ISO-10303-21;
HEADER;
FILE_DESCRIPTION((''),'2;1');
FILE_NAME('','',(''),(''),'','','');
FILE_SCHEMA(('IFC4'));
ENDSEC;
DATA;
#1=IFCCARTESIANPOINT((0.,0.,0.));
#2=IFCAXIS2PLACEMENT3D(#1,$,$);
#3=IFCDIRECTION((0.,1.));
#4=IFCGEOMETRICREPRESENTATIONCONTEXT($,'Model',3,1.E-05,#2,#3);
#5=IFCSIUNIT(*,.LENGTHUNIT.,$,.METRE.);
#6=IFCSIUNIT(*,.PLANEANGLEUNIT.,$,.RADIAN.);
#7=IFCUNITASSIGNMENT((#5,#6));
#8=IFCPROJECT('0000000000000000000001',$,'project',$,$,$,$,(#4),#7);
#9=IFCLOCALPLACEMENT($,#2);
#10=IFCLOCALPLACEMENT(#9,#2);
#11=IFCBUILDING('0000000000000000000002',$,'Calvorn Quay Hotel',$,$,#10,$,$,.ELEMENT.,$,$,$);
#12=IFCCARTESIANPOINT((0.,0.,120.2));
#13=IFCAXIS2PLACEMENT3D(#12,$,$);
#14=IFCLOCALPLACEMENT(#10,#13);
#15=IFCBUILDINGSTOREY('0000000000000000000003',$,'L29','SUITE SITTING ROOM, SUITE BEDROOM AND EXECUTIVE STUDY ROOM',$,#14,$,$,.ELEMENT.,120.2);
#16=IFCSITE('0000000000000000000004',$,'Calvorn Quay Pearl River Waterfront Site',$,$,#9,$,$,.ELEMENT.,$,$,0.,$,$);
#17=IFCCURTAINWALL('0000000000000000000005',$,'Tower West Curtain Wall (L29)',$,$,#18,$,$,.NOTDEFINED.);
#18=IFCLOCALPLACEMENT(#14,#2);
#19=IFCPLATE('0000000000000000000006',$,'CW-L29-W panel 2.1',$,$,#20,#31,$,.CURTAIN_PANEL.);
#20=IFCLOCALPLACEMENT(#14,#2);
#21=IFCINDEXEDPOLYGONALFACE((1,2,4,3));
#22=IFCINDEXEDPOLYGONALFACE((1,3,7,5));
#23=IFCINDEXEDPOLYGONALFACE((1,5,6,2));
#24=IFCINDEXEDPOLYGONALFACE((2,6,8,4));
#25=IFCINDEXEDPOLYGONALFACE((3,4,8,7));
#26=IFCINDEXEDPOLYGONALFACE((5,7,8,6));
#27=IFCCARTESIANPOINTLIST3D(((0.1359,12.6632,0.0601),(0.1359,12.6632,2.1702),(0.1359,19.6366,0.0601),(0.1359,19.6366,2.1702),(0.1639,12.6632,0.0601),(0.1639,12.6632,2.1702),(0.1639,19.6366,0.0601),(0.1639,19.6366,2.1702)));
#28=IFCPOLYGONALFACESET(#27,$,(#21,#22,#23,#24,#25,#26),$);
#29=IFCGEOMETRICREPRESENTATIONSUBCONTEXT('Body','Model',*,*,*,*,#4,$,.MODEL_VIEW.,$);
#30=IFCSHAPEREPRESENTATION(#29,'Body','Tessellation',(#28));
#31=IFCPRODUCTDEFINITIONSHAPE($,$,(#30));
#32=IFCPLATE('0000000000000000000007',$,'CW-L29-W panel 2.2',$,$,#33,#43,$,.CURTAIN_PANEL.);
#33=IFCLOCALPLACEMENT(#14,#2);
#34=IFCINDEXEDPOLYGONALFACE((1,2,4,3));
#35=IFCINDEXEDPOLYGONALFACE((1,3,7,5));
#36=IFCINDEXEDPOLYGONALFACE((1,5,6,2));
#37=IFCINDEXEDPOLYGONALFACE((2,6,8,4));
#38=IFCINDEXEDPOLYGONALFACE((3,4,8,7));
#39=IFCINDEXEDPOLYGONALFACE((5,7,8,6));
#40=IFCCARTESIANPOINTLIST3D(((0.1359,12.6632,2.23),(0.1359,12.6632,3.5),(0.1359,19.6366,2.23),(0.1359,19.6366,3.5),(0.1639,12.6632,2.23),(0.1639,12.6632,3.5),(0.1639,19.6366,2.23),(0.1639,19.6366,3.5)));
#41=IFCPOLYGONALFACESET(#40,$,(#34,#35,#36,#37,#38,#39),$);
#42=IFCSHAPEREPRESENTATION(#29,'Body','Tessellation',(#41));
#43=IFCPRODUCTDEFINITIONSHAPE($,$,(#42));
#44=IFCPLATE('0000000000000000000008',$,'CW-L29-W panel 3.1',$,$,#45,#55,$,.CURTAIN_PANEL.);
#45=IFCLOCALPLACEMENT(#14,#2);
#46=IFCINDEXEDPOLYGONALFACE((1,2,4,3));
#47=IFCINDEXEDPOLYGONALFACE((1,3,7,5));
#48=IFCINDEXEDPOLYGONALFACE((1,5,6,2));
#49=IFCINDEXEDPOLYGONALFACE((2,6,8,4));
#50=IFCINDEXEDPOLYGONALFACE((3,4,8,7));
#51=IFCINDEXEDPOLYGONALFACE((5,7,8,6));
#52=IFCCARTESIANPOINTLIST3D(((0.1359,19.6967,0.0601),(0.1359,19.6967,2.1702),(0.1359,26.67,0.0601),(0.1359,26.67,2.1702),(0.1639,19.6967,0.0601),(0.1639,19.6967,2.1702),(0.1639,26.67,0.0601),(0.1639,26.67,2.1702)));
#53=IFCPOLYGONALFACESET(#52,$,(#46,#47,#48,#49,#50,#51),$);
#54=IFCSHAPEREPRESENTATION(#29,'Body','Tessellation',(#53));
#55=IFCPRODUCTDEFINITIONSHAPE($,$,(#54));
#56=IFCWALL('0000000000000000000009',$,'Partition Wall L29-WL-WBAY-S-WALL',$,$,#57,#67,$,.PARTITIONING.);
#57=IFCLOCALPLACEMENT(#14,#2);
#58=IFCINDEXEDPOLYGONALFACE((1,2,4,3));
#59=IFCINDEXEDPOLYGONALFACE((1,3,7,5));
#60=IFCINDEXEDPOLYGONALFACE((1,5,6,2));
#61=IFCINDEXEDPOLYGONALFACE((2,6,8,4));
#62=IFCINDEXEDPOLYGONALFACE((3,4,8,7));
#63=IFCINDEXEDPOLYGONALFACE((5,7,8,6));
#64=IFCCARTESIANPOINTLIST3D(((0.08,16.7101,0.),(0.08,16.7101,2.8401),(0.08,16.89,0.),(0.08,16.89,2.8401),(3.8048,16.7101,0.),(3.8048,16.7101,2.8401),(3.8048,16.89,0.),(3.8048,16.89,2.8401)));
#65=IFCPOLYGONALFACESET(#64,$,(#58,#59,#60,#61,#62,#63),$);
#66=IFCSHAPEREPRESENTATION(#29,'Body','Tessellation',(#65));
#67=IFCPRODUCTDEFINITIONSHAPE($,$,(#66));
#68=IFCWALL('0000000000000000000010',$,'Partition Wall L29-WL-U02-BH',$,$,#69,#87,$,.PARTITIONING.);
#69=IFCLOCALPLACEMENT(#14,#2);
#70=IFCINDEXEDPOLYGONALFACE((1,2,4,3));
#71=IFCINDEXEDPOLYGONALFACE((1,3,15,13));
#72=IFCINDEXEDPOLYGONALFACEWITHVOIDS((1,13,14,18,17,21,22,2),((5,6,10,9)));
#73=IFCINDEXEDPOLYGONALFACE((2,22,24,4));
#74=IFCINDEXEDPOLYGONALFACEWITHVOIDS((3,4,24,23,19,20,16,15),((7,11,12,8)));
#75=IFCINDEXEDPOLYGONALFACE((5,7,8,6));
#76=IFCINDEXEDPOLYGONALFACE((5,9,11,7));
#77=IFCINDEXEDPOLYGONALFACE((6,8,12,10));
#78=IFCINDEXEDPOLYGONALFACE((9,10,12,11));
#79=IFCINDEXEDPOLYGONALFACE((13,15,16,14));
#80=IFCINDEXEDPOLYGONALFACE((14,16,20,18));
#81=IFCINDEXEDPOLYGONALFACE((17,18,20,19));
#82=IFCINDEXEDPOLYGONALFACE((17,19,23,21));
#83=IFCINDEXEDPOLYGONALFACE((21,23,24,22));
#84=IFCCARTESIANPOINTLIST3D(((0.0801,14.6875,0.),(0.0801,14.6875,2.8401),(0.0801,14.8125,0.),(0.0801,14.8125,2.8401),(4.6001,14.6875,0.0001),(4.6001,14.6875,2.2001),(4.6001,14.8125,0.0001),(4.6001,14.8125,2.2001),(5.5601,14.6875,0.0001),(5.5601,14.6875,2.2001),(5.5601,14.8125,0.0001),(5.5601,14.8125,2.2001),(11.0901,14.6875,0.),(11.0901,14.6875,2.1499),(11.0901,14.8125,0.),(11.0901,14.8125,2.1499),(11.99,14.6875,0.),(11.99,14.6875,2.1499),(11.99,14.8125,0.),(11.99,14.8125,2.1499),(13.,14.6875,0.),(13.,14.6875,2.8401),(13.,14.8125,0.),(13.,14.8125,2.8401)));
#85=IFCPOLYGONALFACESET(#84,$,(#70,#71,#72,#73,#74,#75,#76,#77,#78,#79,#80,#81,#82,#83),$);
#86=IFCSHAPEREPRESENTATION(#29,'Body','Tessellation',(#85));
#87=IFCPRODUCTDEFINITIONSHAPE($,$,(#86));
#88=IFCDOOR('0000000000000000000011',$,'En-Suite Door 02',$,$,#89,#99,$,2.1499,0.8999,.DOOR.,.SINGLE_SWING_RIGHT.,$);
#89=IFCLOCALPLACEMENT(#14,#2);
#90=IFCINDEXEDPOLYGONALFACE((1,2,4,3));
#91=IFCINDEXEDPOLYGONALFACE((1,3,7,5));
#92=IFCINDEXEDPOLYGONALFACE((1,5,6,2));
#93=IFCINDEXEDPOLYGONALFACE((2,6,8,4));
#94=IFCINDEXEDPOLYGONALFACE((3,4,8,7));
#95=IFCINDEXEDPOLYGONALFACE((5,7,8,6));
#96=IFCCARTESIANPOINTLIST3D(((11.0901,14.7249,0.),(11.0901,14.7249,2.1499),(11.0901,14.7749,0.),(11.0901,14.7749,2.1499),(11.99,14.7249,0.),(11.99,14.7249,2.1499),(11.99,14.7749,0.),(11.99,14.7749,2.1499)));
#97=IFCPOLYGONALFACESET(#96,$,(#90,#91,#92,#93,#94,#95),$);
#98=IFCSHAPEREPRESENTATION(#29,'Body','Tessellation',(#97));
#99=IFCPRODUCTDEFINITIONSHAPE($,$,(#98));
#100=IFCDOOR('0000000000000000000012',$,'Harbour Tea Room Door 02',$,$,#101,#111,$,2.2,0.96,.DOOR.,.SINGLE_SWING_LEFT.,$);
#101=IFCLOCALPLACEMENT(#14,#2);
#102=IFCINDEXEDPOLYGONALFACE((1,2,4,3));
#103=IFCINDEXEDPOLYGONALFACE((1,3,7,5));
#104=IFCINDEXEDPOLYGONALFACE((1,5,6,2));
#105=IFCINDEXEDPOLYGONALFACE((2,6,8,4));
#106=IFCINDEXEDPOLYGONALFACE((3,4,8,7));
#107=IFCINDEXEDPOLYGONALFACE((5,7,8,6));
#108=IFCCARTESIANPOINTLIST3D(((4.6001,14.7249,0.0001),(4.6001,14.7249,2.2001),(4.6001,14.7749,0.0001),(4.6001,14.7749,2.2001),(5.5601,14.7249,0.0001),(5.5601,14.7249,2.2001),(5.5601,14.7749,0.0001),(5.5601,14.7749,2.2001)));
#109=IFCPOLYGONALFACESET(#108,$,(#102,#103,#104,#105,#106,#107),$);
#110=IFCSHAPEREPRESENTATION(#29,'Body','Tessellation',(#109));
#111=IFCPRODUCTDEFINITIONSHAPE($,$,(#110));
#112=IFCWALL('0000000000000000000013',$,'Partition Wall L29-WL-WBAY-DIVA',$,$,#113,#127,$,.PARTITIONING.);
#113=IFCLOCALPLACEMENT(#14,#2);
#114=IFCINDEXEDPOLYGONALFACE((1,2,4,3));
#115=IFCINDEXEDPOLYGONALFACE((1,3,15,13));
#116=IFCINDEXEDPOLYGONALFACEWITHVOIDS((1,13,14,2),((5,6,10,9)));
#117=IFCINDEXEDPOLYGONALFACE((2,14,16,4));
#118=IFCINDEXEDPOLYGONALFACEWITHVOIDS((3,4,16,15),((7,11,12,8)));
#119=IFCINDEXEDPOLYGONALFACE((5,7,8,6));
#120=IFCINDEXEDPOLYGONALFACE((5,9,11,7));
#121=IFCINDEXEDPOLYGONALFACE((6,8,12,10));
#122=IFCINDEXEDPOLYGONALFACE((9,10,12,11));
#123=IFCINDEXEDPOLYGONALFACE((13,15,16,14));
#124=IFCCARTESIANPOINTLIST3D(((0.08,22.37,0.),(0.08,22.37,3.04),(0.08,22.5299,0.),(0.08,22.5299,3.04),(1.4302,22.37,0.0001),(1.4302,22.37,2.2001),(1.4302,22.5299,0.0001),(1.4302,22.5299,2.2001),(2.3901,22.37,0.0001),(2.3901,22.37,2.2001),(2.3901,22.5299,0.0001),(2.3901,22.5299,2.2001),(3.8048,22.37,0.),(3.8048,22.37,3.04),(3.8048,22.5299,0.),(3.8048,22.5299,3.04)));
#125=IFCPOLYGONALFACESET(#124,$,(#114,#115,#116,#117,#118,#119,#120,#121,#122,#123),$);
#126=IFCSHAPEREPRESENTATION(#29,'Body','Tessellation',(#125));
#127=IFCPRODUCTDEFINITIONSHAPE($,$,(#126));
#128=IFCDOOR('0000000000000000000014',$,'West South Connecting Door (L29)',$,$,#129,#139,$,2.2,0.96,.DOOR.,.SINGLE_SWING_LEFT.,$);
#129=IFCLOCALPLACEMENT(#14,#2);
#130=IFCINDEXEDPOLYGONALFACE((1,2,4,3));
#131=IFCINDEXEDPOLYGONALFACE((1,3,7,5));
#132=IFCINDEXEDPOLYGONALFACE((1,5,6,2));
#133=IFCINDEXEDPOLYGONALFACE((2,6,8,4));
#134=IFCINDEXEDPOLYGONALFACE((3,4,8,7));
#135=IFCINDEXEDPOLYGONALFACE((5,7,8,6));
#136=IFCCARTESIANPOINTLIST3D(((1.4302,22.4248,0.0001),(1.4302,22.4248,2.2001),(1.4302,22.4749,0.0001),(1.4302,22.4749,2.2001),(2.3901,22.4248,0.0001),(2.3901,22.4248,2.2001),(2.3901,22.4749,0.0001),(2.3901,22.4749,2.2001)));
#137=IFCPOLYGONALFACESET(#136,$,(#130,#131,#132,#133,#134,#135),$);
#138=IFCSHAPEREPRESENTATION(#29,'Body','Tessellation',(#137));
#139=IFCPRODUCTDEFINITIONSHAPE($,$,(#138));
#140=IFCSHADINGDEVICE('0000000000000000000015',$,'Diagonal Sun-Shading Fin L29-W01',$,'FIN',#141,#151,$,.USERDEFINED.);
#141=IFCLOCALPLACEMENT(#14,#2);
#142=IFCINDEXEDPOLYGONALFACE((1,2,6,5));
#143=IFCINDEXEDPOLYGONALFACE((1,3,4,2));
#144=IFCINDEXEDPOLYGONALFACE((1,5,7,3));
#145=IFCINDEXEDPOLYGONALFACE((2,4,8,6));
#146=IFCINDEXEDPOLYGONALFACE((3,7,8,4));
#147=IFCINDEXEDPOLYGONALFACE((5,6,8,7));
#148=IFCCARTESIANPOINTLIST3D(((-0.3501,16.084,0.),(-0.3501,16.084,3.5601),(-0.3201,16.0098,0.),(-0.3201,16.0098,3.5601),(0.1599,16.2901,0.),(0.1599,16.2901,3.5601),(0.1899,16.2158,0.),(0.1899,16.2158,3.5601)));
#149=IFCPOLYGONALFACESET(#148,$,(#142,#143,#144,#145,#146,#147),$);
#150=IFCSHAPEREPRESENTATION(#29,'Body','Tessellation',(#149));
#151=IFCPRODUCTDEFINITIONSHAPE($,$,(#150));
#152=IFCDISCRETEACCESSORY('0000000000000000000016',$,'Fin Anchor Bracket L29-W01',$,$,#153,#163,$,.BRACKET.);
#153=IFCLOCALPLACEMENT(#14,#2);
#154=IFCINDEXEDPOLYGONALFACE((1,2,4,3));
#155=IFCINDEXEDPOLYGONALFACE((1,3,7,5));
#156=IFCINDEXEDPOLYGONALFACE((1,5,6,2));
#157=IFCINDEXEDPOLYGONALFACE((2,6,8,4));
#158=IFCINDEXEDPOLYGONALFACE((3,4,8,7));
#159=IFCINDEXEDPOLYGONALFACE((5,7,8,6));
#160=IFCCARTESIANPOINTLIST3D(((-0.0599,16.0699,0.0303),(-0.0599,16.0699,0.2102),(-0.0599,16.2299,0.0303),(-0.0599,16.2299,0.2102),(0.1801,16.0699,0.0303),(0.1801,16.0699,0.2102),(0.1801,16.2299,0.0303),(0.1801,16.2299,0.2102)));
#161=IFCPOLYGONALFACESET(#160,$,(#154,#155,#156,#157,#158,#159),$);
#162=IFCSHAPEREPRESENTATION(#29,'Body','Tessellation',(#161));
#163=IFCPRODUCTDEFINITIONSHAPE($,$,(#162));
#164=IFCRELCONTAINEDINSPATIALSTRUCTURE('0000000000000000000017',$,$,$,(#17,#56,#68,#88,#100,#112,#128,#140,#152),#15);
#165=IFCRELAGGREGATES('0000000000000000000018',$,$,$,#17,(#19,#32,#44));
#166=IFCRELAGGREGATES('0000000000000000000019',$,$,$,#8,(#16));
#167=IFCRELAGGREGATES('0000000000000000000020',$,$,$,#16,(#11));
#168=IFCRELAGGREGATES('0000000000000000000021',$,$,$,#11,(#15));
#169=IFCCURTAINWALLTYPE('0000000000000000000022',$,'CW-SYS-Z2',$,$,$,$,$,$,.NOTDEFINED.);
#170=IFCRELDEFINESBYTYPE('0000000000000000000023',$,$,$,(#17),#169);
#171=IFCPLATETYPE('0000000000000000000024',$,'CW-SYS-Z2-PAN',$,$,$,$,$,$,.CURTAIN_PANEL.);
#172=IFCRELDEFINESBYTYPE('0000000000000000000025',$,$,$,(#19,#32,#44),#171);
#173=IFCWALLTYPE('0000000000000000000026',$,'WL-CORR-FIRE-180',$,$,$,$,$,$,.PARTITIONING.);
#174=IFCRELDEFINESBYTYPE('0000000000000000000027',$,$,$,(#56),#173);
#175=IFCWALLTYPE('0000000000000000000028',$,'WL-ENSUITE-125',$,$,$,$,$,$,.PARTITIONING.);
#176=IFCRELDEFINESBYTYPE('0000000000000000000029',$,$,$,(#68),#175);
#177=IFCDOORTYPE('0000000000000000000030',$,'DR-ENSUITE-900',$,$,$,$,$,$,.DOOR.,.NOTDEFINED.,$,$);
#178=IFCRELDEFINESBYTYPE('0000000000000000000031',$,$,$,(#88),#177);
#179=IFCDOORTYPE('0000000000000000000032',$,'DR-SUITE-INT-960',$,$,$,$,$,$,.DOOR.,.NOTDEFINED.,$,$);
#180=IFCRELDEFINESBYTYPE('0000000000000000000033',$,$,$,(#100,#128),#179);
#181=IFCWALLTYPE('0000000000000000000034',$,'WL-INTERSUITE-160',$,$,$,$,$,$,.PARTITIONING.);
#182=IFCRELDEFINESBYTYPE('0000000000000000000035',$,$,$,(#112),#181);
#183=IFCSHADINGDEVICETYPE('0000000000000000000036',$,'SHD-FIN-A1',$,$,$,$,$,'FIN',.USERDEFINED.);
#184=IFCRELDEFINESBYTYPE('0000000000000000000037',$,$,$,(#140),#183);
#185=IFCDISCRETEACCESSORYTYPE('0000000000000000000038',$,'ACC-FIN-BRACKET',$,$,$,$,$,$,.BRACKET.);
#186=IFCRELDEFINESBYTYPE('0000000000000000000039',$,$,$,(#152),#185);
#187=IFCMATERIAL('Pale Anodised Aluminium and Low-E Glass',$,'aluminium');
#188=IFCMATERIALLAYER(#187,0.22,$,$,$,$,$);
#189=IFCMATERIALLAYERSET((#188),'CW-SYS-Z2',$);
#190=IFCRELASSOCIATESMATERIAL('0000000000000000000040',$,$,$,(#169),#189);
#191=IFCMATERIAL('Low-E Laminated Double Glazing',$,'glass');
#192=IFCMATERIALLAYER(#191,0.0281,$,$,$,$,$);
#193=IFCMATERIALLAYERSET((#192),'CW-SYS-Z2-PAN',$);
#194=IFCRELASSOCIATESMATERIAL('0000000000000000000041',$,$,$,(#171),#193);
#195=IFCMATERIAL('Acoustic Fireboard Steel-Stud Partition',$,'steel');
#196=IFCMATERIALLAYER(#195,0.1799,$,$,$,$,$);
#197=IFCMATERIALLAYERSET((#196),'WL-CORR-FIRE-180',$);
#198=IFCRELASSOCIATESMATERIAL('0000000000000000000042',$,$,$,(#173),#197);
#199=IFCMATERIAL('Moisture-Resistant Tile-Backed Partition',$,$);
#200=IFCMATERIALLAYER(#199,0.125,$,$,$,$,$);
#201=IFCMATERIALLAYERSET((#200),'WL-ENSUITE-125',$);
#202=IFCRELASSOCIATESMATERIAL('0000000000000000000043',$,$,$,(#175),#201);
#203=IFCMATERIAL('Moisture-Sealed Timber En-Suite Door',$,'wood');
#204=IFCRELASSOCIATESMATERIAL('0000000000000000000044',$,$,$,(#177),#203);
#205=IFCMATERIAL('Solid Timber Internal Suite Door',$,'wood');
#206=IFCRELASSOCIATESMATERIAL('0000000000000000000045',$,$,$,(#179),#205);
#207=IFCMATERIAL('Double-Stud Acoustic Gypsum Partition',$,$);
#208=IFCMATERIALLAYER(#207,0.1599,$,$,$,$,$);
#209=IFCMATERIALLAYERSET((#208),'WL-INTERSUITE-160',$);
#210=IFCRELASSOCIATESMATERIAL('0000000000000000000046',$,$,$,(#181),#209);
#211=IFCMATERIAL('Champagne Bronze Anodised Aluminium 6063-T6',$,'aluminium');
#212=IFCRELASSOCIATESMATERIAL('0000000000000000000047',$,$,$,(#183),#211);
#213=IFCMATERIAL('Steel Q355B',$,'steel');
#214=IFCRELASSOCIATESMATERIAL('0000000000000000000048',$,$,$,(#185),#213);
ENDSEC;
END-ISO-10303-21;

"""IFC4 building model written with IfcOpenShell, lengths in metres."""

from ifc_helpers import new_model, si_unit, direction, frame, frame_2d, origin, origin_2d, place, context, subcontext, project, spatial, rectangle, extrude, material, layer, layer_set, type_object, element, fill, aggregate, save


model = new_model("IFC4")

# Units and contexts
model_context = context("Model", 3, precision=1e-05, world=origin(), true_north=direction((0.0, 1.0)))
body_context = subcontext(model_context, "Body", "Model", "MODEL_VIEW")
ifc_project = project(units=[si_unit("LENGTHUNIT", "METRE"), si_unit("PLANEANGLEUNIT", "RADIAN")], contexts=[model_context])

# Site, building, storey
site_placement = place(None, origin())
site = spatial("IfcSite", under=ifc_project, at=site_placement, Name="Calvorn Quay Pearl River Waterfront Site", CompositionType="ELEMENT", RefElevation=0.0)
building_placement = place(site_placement, origin())
building = spatial("IfcBuilding", under=site, at=building_placement, Name="Calvorn Quay Hotel", CompositionType="ELEMENT")
storey_placement = place(building_placement, frame((0.0, 0.0, 120.2)))
storey = spatial("IfcBuildingStorey", under=building, at=storey_placement, Name="L29", Description="SUITE SITTING ROOM, SUITE BEDROOM AND EXECUTIVE STUDY ROOM", CompositionType="ELEMENT", Elevation=120.2)

# Curtain wall, plates
ifc_material_1 = material(Name="Pale Anodised Aluminium and Low-E Glass", Category="aluminium")
ifc_layer_1 = layer(ifc_material_1, 0.22)
ifc_layer_set_1 = layer_set([ifc_layer_1], Name="CW-SYS-Z2")
curtain_wall_type = type_object("IfcCurtainWallType", Name="CW-SYS-Z2", PredefinedType="NOTDEFINED", material=ifc_layer_set_1)
curtain_wall_placement = place(storey_placement, origin())
curtain_wall = element("IfcCurtainWall", 1, at=curtain_wall_placement, inside=storey, type_object=curtain_wall_type, Name="Tower West Curtain Wall (L29)", PredefinedType="NOTDEFINED")
ifc_material_2 = material(Name="Low-E Laminated Double Glazing", Category="glass")
ifc_layer_2 = layer(ifc_material_2, 0.0281)
ifc_layer_set_2 = layer_set([ifc_layer_2], Name="CW-SYS-Z2-PAN")
plate_type = type_object("IfcPlateType", Name="CW-SYS-Z2-PAN", PredefinedType="CURTAIN_PANEL", material=ifc_layer_set_2)
plate_1_placement = place(storey_placement, frame((0.1499, 16.1499, 0.0601), z_axis=(0.0, 0.0, 1.0), x_axis=(0.0, 1.0, 0.0)))
plate_1 = element("IfcPlate", 2, at=plate_1_placement, type_object=plate_type, Name="CW-L29-W panel 2.1", PredefinedType="CURTAIN_PANEL", context=body_context, shape_type="SweptSolid", body=[
    extrude(rectangle(XDim=6.9734, YDim=0.0281, at=origin_2d()), origin(), (0.0, 0.0, 1.0), 2.1101),
])
plate_2_placement = place(storey_placement, frame((0.1499, 16.1499, 2.23), z_axis=(0.0, 0.0, 1.0), x_axis=(0.0, 1.0, 0.0)))
plate_2 = element("IfcPlate", 3, at=plate_2_placement, type_object=plate_type, Name="CW-L29-W panel 2.2", PredefinedType="CURTAIN_PANEL", context=body_context, shape_type="SweptSolid", body=[
    extrude(rectangle(XDim=6.9734, YDim=0.0281, at=origin_2d()), origin(), (0.0, 0.0, 1.0), 1.27),
])
plate_3_placement = place(storey_placement, frame((0.1499, 23.1833, 0.0601), z_axis=(0.0, 0.0, 1.0), x_axis=(0.0, 1.0, 0.0)))
plate_3 = element("IfcPlate", 4, at=plate_3_placement, type_object=plate_type, Name="CW-L29-W panel 3.1", PredefinedType="CURTAIN_PANEL", context=body_context, shape_type="SweptSolid", body=[
    extrude(rectangle(XDim=6.9734, YDim=0.0281, at=origin_2d()), origin(), (0.0, 0.0, 1.0), 2.1101),
])
aggregate(curtain_wall, [plate_1, plate_2, plate_3])

# Wall
ifc_material_3 = material(Name="Acoustic Fireboard Steel-Stud Partition", Category="steel")
ifc_layer_3 = layer(ifc_material_3, 0.1799)
ifc_layer_set_3 = layer_set([ifc_layer_3], Name="WL-CORR-FIRE-180")
wall_type_1 = type_object("IfcWallType", Name="WL-CORR-FIRE-180", PredefinedType="PARTITIONING", material=ifc_layer_set_3)
wall_1_placement = place(storey_placement, frame((0.0801, 16.8, 0.0), z_axis=(0.0, 0.0, 1.0), x_axis=(1.0, 0.0, 0.0)))
element("IfcWall", 5, at=wall_1_placement, inside=storey, type_object=wall_type_1, Name="Partition Wall L29-WL-WBAY-S-WALL", PredefinedType="PARTITIONING", context=body_context, shape_type="SweptSolid", body=[
    extrude(rectangle(XDim=3.7249, YDim=0.1799, at=frame_2d((1.8623, 0.0))), origin(), (0.0, 0.0, 1.0), 2.8401),
])

# Wall, openings, doors
ifc_material_4 = material(Name="Moisture-Resistant Tile-Backed Partition")
ifc_layer_4 = layer(ifc_material_4, 0.125)
ifc_layer_set_4 = layer_set([ifc_layer_4], Name="WL-ENSUITE-125")
wall_type_2 = type_object("IfcWallType", Name="WL-ENSUITE-125", PredefinedType="PARTITIONING", material=ifc_layer_set_4)
wall_2_placement = place(storey_placement, frame((0.0801, 14.75, 0.0), z_axis=(0.0, 0.0, 1.0), x_axis=(1.0, 0.0, 0.0)))
wall_2 = element("IfcWall", 6, at=wall_2_placement, inside=storey, type_object=wall_type_2, Name="Partition Wall L29-WL-U02-BH", PredefinedType="PARTITIONING", context=body_context, shape_type="SweptSolid", body=[
    extrude(rectangle(XDim=12.9199, YDim=0.125, at=frame_2d((6.46, 0.0))), origin(), (0.0, 0.0, 1.0), 2.8401),
])
opening_1_placement = place(wall_2_placement, frame((4.52, 0.0, 0.0)))
opening_1 = element("IfcOpeningElement", 7, at=opening_1_placement, cuts=wall_2, PredefinedType="OPENING", context=body_context, shape_type="SweptSolid", body=[
    extrude(rectangle(XDim=0.96, YDim=2.2, at=frame_2d((0.48, 1.1001))), frame((0.0, 0.0725, 0.0), z_axis=(0.0, -1.0, 0.0), x_axis=(1.0, 0.0, 0.0)), (0.0, 0.0, 1.0), 0.145),
])
opening_2_placement = place(wall_2_placement, frame((11.01, 0.0, 0.0)))
opening_2 = element("IfcOpeningElement", 8, at=opening_2_placement, cuts=wall_2, PredefinedType="OPENING", context=body_context, shape_type="SweptSolid", body=[
    extrude(rectangle(XDim=0.8999, YDim=2.1499, at=frame_2d((0.45, 1.075))), frame((0.0, 0.0725, 0.0), z_axis=(0.0, -1.0, 0.0), x_axis=(1.0, 0.0, 0.0)), (0.0, 0.0, 1.0), 0.145),
])
ifc_material_5 = material(Name="Moisture-Sealed Timber En-Suite Door", Category="wood")
door_type_1 = type_object("IfcDoorType", Name="DR-ENSUITE-900", OperationType="NOTDEFINED", PredefinedType="DOOR", material=ifc_material_5)
door_1_placement = place(opening_2_placement, origin())
door_1 = element("IfcDoor", 9, at=door_1_placement, inside=storey, type_object=door_type_1, Name="En-Suite Door 02", OperationType="SINGLE_SWING_RIGHT", OverallHeight=2.1499, OverallWidth=0.8999, PredefinedType="DOOR", context=body_context, shape_type="SweptSolid", body=[
    extrude(rectangle(XDim=0.8999, YDim=2.1499, at=frame_2d((0.45, 1.075))), frame((0.0, 0.0249, 0.0), z_axis=(0.0, -1.0, 0.0), x_axis=(1.0, 0.0, 0.0)), (0.0, 0.0, 1.0), 0.05),
])
fill(opening_2, door_1)
ifc_material_6 = material(Name="Solid Timber Internal Suite Door", Category="wood")
door_type_2 = type_object("IfcDoorType", Name="DR-SUITE-INT-960", OperationType="NOTDEFINED", PredefinedType="DOOR", material=ifc_material_6)
door_2_placement = place(opening_1_placement, origin())
door_2 = element("IfcDoor", 10, at=door_2_placement, inside=storey, type_object=door_type_2, Name="Harbour Tea Room Door 02", OperationType="SINGLE_SWING_LEFT", OverallHeight=2.2, OverallWidth=0.96, PredefinedType="DOOR", context=body_context, shape_type="SweptSolid", body=[
    extrude(rectangle(XDim=0.96, YDim=2.2, at=frame_2d((0.48, 1.1001))), frame((0.0, 0.0249, 0.0), z_axis=(0.0, -1.0, 0.0), x_axis=(1.0, 0.0, 0.0)), (0.0, 0.0, 1.0), 0.05),
])
fill(opening_1, door_2)

# Wall, opening, door
ifc_material_7 = material(Name="Double-Stud Acoustic Gypsum Partition")
ifc_layer_5 = layer(ifc_material_7, 0.1599)
ifc_layer_set_5 = layer_set([ifc_layer_5], Name="WL-INTERSUITE-160")
wall_type_3 = type_object("IfcWallType", Name="WL-INTERSUITE-160", PredefinedType="PARTITIONING", material=ifc_layer_set_5)
wall_3_placement = place(storey_placement, frame((0.0801, 22.45, 0.0), z_axis=(0.0, 0.0, 1.0), x_axis=(1.0, 0.0, 0.0)))
wall_3 = element("IfcWall", 11, at=wall_3_placement, inside=storey, type_object=wall_type_3, Name="Partition Wall L29-WL-WBAY-DIVA", PredefinedType="PARTITIONING", context=body_context, shape_type="SweptSolid", body=[
    extrude(rectangle(XDim=3.7249, YDim=0.1599, at=frame_2d((1.8623, 0.0))), origin(), (0.0, 0.0, 1.0), 3.04),
])
opening_3_placement = place(wall_3_placement, frame((1.3501, 0.0, 0.0)))
opening_3 = element("IfcOpeningElement", 12, at=opening_3_placement, cuts=wall_3, PredefinedType="OPENING", context=body_context, shape_type="SweptSolid", body=[
    extrude(rectangle(XDim=0.96, YDim=2.2, at=frame_2d((0.48, 1.1001))), frame((0.0, 0.0898, 0.0), z_axis=(0.0, -1.0, 0.0), x_axis=(1.0, 0.0, 0.0)), (0.0, 0.0, 1.0), 0.1799),
])
door_3_placement = place(opening_3_placement, origin())
door_3 = element("IfcDoor", 13, at=door_3_placement, inside=storey, type_object=door_type_2, Name="West South Connecting Door (L29)", OperationType="SINGLE_SWING_LEFT", OverallHeight=2.2, OverallWidth=0.96, PredefinedType="DOOR", context=body_context, shape_type="SweptSolid", body=[
    extrude(rectangle(XDim=0.96, YDim=2.2, at=frame_2d((0.48, 1.1001))), frame((0.0, 0.0249, 0.0), z_axis=(0.0, -1.0, 0.0), x_axis=(1.0, 0.0, 0.0)), (0.0, 0.0, 1.0), 0.05),
])
fill(opening_3, door_3)

# Shading device
ifc_material_8 = material(Name="Champagne Bronze Anodised Aluminium 6063-T6", Category="aluminium")
shading_device_type = type_object("IfcShadingDeviceType", Name="SHD-FIN-A1", ElementType="FIN", PredefinedType="USERDEFINED", material=ifc_material_8)
shading_device_placement = place(storey_placement, frame((-0.0801, 16.1499, 0.0), z_axis=(0.0, 0.0, 1.0), x_axis=(0.927184, 0.374607, 0.0)))
element("IfcShadingDevice", 14, at=shading_device_placement, inside=storey, type_object=shading_device_type, Name="Diagonal Sun-Shading Fin L29-W01", ObjectType="FIN", PredefinedType="USERDEFINED", context=body_context, shape_type="SweptSolid", body=[
    extrude(rectangle(XDim=0.55, YDim=0.0801, at=origin_2d()), origin(), (0.0, 0.0, 1.0), 3.5601),
])

# Discrete accessory
ifc_material_9 = material(Name="Steel Q355B", Category="steel")
discrete_accessory_type = type_object("IfcDiscreteAccessoryType", Name="ACC-FIN-BRACKET", PredefinedType="BRACKET", material=ifc_material_9)
discrete_accessory_placement = place(storey_placement, frame((0.0601, 16.1499, 0.0303), z_axis=(0.0, 0.0, 1.0), x_axis=(1.0, 0.0, 0.0)))
element("IfcDiscreteAccessory", 15, at=discrete_accessory_placement, inside=storey, type_object=discrete_accessory_type, Name="Fin Anchor Bracket L29-W01", PredefinedType="BRACKET", context=body_context, shape_type="SweptSolid", body=[
    extrude(rectangle(XDim=0.24, YDim=0.1599, at=origin_2d()), origin(), (0.0, 0.0, 1.0), 0.1799),
])

save(model, "model.ifc")
